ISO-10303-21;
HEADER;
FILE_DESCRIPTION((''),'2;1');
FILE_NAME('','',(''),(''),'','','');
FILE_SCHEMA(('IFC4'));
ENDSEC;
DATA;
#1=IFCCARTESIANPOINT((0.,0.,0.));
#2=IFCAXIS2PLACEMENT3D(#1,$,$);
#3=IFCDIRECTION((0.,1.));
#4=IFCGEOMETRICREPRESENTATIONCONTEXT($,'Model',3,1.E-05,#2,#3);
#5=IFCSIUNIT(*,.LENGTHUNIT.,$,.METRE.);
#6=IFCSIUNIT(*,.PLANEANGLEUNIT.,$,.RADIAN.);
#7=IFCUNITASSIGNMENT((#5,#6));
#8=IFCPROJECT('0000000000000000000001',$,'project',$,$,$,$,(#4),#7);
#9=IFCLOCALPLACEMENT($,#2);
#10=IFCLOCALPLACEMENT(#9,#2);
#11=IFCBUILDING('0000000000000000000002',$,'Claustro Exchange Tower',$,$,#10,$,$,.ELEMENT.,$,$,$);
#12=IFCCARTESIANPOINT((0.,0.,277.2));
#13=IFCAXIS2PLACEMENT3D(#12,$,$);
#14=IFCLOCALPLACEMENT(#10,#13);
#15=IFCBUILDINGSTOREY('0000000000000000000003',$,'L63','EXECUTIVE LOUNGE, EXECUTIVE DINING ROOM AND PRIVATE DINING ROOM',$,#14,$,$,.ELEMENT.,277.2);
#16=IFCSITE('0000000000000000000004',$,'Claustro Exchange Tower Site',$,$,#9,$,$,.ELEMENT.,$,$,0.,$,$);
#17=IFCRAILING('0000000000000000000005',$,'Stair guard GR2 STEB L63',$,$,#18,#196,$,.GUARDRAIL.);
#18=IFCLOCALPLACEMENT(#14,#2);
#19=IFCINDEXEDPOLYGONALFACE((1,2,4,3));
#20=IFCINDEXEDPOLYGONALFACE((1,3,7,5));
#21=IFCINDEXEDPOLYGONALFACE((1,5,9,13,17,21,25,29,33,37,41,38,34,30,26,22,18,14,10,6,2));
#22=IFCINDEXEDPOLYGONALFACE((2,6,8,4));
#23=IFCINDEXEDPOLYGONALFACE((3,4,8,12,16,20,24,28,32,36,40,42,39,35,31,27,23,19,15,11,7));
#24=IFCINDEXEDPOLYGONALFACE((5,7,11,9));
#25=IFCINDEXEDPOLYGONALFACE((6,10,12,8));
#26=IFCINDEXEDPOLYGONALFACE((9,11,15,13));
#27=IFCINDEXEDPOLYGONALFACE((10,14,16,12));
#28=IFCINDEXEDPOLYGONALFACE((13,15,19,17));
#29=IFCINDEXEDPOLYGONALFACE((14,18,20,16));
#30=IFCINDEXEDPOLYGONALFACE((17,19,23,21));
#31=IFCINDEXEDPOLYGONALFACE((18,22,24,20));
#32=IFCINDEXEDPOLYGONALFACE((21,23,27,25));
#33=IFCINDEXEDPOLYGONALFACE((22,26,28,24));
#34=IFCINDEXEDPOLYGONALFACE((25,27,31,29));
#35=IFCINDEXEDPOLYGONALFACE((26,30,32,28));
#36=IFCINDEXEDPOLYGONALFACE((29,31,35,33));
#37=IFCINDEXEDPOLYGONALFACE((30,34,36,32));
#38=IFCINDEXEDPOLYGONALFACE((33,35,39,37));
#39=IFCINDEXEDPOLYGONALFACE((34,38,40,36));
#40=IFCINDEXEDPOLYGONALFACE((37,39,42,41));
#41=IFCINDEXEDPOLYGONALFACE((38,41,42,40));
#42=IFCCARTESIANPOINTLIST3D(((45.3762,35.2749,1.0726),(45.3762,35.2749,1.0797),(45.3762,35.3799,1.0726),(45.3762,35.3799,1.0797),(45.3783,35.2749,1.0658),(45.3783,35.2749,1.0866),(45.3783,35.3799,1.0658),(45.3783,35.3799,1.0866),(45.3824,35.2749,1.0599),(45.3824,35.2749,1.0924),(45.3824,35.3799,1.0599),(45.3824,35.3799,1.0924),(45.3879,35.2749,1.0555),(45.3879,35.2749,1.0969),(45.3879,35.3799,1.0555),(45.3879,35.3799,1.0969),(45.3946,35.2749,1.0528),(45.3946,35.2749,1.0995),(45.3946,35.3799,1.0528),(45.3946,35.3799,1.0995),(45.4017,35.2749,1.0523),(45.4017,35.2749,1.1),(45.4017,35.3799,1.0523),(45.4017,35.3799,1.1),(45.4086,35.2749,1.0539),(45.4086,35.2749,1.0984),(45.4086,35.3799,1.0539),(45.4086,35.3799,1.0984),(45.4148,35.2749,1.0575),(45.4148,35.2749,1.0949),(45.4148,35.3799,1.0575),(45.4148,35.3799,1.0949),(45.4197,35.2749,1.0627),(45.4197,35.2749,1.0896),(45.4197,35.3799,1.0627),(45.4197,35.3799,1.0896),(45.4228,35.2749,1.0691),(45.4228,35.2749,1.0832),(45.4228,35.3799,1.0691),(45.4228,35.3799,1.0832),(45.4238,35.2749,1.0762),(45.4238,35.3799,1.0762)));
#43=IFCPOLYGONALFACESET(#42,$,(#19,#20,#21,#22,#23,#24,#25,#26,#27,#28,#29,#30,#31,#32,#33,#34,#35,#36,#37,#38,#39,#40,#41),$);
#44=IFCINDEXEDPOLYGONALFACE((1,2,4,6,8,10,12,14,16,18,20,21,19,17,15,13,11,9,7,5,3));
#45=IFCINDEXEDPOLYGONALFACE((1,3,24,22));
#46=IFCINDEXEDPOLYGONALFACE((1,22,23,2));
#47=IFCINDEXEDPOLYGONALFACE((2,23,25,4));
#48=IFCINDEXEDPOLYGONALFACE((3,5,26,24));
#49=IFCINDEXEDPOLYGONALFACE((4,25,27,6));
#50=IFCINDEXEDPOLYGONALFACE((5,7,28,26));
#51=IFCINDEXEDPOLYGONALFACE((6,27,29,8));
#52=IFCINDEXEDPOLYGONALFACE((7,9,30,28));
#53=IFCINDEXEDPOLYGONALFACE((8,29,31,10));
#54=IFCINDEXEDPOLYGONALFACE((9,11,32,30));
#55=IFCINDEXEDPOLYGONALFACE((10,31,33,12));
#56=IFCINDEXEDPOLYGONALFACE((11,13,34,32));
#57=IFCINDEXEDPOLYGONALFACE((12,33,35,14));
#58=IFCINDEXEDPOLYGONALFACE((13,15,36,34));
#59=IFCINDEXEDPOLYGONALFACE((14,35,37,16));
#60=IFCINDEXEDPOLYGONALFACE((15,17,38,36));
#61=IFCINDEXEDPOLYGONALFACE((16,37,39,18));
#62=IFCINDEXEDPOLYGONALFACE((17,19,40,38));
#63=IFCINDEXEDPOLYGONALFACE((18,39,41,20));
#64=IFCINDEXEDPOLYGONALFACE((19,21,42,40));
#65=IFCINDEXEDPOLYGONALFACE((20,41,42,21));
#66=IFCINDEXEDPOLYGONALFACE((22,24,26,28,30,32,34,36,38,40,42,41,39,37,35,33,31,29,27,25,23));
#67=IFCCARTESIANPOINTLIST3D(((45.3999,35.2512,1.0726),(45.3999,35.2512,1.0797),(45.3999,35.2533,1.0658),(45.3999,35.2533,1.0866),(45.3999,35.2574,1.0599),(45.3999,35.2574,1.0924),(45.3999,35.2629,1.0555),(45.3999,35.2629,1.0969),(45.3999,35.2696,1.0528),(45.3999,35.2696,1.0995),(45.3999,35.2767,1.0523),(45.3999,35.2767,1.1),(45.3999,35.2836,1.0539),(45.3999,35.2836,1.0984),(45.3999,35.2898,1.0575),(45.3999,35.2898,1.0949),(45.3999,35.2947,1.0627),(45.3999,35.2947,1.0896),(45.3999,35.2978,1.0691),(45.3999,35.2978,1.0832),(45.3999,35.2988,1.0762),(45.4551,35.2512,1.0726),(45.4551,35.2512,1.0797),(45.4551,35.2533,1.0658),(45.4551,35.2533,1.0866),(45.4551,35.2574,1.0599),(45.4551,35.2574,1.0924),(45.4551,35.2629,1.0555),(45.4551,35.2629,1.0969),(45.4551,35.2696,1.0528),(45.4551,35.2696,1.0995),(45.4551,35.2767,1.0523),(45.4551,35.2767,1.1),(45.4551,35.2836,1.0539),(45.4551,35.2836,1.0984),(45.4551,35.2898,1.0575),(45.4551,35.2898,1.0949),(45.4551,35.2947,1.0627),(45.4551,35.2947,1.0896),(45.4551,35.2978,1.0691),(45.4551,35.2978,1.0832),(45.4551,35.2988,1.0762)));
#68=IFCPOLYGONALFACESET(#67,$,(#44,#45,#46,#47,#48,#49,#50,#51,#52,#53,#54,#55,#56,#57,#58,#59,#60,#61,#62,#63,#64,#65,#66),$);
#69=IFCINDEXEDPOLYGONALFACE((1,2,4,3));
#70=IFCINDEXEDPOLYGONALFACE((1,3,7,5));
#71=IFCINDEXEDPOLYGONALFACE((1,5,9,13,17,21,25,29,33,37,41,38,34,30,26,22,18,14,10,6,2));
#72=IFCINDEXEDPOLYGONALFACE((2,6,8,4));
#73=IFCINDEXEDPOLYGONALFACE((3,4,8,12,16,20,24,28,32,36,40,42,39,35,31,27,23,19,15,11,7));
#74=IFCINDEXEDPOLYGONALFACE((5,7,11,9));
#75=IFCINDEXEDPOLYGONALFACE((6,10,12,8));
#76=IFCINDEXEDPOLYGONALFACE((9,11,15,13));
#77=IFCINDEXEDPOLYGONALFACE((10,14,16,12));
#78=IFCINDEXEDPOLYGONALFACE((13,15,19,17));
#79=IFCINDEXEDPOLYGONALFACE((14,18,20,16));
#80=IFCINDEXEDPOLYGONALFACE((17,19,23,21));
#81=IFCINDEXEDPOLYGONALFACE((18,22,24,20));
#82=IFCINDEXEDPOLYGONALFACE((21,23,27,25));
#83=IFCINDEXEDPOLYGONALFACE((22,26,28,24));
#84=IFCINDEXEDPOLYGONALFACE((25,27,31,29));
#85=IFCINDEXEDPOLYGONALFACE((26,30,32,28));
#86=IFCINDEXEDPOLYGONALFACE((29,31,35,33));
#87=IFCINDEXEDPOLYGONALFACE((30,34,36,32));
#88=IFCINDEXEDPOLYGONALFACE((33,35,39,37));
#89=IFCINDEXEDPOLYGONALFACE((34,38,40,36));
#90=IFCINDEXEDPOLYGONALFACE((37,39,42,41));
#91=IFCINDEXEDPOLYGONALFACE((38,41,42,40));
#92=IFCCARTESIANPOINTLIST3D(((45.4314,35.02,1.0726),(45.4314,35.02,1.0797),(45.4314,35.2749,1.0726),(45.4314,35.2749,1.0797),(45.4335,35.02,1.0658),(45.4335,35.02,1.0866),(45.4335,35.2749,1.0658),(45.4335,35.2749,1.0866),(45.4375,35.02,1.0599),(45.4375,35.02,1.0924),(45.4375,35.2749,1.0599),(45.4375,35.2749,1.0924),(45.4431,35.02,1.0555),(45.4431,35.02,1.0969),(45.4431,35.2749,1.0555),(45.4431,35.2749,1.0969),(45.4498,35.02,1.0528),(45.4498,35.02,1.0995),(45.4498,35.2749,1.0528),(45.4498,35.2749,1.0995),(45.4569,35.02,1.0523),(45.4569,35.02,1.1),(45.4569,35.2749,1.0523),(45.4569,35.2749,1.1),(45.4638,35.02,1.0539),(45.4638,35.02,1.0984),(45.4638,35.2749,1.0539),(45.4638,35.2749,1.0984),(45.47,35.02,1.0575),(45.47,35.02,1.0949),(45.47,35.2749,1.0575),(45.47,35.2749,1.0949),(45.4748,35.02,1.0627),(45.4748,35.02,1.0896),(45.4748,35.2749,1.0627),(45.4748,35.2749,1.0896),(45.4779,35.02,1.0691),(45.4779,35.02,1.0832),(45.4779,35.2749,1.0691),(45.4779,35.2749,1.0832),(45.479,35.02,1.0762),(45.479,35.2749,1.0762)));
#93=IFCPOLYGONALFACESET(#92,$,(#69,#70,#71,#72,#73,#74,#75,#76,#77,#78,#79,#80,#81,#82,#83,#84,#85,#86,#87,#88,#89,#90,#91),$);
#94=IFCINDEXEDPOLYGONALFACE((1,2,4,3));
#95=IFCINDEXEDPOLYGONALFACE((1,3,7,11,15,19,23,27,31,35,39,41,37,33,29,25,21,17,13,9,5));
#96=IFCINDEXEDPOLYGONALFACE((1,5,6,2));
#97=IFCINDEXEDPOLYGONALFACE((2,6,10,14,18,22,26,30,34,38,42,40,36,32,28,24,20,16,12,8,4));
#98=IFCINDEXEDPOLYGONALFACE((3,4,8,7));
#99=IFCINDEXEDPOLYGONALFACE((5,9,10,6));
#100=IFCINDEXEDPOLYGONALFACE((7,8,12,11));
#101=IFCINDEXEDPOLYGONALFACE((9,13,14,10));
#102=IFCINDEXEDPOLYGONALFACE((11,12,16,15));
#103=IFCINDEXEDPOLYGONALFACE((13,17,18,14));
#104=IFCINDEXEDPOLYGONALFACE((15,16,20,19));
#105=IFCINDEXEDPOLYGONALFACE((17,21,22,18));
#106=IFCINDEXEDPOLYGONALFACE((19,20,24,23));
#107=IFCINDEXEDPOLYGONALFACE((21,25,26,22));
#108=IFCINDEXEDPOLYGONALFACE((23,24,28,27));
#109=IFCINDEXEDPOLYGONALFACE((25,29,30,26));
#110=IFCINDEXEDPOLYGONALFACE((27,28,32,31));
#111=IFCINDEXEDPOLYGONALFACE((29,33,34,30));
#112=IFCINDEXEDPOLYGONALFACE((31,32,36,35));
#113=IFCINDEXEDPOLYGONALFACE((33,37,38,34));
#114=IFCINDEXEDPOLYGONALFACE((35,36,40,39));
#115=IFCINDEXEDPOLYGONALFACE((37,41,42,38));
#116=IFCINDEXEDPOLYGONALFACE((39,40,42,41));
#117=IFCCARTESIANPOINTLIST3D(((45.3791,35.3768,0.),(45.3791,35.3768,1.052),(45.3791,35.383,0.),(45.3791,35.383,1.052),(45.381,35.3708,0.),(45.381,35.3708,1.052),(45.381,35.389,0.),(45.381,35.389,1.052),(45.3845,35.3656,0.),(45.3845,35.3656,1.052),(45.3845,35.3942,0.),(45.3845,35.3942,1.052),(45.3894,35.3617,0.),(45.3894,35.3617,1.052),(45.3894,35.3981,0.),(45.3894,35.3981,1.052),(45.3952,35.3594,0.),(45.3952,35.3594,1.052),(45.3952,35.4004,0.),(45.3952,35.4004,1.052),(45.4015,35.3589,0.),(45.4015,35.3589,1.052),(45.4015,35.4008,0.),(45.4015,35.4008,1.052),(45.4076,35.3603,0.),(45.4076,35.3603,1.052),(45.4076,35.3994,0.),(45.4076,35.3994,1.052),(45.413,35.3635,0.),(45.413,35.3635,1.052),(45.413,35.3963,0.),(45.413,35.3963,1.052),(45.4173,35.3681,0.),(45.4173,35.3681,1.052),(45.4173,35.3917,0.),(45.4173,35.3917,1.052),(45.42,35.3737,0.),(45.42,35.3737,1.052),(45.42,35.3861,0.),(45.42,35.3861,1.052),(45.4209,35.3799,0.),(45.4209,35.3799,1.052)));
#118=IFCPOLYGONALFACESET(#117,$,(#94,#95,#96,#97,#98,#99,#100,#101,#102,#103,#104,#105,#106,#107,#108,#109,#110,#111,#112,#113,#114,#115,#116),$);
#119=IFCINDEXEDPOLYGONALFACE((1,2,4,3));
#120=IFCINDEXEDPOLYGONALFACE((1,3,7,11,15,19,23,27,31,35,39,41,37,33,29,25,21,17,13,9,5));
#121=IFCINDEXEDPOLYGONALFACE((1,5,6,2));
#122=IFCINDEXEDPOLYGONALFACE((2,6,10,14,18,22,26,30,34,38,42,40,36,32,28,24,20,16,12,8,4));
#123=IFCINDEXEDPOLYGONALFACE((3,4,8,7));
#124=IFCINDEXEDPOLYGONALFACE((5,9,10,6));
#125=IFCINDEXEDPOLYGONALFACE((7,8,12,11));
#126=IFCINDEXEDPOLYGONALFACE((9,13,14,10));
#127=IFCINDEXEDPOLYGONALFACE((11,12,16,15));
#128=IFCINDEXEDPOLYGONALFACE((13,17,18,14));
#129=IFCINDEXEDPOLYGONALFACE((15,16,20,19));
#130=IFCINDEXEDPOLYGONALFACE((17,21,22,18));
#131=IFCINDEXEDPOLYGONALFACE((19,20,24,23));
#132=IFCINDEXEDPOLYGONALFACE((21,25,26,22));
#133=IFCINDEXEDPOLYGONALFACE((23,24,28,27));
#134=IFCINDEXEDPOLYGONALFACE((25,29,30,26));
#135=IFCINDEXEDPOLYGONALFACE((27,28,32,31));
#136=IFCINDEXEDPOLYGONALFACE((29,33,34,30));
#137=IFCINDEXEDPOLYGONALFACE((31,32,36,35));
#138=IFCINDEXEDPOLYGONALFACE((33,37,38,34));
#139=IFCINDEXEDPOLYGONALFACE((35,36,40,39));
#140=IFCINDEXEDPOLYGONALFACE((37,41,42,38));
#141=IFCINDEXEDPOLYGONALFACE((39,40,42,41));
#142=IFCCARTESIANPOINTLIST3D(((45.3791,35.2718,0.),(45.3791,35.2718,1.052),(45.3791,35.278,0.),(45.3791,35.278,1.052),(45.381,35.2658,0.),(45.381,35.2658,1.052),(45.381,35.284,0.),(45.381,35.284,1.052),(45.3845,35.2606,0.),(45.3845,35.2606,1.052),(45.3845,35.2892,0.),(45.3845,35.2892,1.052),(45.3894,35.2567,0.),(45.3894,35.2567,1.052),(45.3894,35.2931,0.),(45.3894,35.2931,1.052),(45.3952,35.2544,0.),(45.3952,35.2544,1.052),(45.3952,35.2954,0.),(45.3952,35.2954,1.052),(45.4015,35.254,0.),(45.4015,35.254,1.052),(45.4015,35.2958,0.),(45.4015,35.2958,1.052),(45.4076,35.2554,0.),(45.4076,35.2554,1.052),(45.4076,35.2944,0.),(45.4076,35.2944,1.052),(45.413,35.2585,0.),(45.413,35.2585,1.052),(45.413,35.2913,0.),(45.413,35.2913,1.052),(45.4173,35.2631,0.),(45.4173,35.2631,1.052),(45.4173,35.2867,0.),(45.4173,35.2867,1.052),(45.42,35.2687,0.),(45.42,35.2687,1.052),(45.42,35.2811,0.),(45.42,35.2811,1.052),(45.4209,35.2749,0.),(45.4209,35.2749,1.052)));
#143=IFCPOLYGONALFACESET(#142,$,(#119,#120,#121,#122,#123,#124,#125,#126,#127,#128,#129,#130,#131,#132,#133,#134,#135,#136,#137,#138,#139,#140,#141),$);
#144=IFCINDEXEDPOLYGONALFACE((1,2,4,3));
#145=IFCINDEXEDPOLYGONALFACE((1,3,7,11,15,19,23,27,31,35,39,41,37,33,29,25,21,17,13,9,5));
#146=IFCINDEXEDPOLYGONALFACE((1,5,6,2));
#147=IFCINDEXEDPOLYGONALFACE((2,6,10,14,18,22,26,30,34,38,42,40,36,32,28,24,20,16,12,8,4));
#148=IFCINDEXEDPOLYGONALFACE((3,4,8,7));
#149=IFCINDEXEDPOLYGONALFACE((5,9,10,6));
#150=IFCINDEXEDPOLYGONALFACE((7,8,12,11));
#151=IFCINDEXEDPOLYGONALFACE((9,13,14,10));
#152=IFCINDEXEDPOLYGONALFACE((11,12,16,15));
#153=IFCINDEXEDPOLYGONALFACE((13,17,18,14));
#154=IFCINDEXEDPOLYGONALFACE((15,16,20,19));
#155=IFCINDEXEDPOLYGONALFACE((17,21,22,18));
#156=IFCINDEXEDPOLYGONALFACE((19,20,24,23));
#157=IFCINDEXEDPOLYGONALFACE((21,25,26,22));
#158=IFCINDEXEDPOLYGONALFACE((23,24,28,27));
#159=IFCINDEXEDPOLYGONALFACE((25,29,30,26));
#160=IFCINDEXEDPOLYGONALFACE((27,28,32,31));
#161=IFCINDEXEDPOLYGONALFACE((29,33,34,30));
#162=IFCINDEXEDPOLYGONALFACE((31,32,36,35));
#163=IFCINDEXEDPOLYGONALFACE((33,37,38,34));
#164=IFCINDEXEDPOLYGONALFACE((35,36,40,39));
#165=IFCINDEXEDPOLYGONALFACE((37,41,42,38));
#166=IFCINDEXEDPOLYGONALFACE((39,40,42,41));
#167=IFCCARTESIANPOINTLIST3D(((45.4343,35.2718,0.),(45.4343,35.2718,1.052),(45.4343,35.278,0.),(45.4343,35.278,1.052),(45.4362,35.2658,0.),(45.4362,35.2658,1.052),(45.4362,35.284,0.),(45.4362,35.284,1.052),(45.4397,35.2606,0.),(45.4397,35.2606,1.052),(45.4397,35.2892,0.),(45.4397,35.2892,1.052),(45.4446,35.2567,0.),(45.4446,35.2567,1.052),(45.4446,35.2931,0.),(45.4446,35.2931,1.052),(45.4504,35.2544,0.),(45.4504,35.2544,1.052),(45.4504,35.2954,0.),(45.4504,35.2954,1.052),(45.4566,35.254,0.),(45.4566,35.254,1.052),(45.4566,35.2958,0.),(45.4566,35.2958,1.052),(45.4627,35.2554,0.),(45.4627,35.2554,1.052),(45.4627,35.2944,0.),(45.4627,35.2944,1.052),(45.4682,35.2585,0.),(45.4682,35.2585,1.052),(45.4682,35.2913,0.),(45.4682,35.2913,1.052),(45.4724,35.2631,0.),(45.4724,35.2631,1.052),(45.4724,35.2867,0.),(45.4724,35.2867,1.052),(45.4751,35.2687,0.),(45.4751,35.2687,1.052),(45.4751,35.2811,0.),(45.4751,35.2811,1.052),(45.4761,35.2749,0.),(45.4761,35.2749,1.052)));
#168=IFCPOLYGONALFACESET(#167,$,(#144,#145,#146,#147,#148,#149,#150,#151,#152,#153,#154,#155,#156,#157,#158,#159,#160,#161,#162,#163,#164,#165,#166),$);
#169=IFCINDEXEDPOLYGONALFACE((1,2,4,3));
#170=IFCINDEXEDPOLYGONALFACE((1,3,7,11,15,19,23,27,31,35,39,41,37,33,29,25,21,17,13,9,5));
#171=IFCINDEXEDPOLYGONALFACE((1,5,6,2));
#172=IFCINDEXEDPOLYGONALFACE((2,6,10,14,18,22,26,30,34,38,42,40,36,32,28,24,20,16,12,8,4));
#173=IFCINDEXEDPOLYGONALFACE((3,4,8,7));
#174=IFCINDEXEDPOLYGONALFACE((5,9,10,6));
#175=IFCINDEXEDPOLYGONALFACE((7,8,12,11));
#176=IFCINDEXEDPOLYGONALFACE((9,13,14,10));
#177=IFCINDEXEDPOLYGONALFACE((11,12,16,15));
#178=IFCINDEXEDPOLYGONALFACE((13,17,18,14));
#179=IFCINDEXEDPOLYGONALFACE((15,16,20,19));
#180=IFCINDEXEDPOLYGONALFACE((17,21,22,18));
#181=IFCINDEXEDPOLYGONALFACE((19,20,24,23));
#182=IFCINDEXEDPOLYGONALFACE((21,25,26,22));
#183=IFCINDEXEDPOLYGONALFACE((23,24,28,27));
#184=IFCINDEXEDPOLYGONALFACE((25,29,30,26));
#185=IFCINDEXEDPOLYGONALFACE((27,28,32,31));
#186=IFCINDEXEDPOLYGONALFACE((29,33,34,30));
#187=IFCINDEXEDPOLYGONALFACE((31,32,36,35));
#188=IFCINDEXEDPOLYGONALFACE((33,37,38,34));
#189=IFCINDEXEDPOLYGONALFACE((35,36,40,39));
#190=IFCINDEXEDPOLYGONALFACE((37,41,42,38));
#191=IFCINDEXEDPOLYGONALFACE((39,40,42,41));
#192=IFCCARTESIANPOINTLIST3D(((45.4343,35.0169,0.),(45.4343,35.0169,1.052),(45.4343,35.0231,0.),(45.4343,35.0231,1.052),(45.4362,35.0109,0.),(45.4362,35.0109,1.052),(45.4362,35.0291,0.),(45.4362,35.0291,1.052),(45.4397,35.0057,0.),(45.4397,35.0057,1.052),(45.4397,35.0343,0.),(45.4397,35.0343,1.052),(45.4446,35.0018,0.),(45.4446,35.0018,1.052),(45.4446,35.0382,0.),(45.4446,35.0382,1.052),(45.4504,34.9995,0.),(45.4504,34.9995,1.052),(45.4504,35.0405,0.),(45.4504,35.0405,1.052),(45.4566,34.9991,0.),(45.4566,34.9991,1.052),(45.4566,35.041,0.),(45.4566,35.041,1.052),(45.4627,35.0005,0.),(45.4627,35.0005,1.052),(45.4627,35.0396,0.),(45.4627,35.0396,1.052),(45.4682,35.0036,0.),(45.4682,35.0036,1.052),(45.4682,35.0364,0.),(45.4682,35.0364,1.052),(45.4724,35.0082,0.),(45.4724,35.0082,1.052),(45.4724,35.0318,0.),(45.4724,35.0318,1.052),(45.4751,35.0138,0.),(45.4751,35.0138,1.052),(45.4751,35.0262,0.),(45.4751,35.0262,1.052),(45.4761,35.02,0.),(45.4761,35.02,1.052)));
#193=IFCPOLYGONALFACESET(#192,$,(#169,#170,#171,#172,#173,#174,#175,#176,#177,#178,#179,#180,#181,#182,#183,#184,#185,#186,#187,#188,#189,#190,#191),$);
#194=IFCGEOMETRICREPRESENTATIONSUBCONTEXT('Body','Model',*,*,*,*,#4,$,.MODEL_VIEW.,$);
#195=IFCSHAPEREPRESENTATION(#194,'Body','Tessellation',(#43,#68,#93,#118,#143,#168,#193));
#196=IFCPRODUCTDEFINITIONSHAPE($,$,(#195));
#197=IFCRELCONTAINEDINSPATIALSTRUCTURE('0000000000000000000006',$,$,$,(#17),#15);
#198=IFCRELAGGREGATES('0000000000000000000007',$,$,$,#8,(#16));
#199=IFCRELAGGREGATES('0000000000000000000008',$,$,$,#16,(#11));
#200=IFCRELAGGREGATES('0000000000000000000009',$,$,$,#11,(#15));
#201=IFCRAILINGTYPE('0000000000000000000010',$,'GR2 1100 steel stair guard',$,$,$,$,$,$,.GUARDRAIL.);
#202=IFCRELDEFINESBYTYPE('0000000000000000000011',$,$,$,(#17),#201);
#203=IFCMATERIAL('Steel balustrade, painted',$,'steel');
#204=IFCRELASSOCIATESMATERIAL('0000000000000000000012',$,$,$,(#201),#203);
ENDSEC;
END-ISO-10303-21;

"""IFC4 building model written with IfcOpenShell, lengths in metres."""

from ifc_helpers import new_model, si_unit, direction, frame, origin, origin_2d, place, context, subcontext, project, spatial, circle, extrude, material, type_object, element, save


model = new_model("IFC4")

# Units and contexts
model_context = context("Model", 3, precision=1e-05, world=origin(), true_north=direction((0.0, 1.0)))
body_context = subcontext(model_context, "Body", "Model", "MODEL_VIEW")
ifc_project = project(units=[si_unit("LENGTHUNIT", "METRE"), si_unit("PLANEANGLEUNIT", "RADIAN")], contexts=[model_context])

# Site, building, storey
site_placement = place(None, origin())
site = spatial("IfcSite", under=ifc_project, at=site_placement, Name="Claustro Exchange Tower Site", CompositionType="ELEMENT", RefElevation=0.0)
building_placement = place(site_placement, origin())
building = spatial("IfcBuilding", under=site, at=building_placement, Name="Claustro Exchange Tower", CompositionType="ELEMENT")
storey_placement = place(building_placement, frame((0.0, 0.0, 277.2)))
storey = spatial("IfcBuildingStorey", under=building, at=storey_placement, Name="L63", Description="EXECUTIVE LOUNGE, EXECUTIVE DINING ROOM AND PRIVATE DINING ROOM", CompositionType="ELEMENT", Elevation=277.2)

# Railing
ifc_material_1 = material(Name="Steel balustrade, painted", Category="steel")
railing_type_1 = type_object("IfcRailingType", Name="GR2 1100 steel stair guard", PredefinedType="GUARDRAIL", material=ifc_material_1)
railing_1_placement = place(storey_placement, frame((45.3999, 35.3799, 0.0)))
element("IfcRailing", 1, at=railing_1_placement, inside=storey, type_object=railing_type_1, Name="Stair guard GR2 STEB L63", PredefinedType="GUARDRAIL", context=body_context, shape_type="SweptSolid", body=[
    extrude(circle(Radius=0.0239, at=origin_2d()), frame((0.0, 0.0, 1.0762), z_axis=(0.0, -1.0, 0.0), x_axis=(1.0, 0.0, 0.0)), (0.0, 0.0, 1.0), 0.105),
    extrude(circle(Radius=0.0239, at=origin_2d()), frame((0.0, -0.105, 1.0762), z_axis=(1.0, 0.0, 0.0), x_axis=(0.0, 1.0, 0.0)), (0.0, 0.0, 1.0), 0.0552),
    extrude(circle(Radius=0.0239, at=origin_2d()), frame((0.0552, -0.105, 1.0762), z_axis=(0.0, -1.0, 0.0), x_axis=(1.0, 0.0, 0.0)), (0.0, 0.0, 1.0), 0.2549),
    extrude(circle(Radius=0.021, at=origin_2d()), origin(), (0.0, 0.0, 1.0), 1.052),
    extrude(circle(Radius=0.021, at=origin_2d()), frame((0.0, -0.105, 0.0)), (0.0, 0.0, 1.0), 1.052),
    extrude(circle(Radius=0.021, at=origin_2d()), frame((0.0552, -0.105, 0.0)), (0.0, 0.0, 1.0), 1.052),
    extrude(circle(Radius=0.021, at=origin_2d()), frame((0.0552, -0.3599, 0.0)), (0.0, 0.0, 1.0), 1.052),
])

save(model, "model.ifc")
